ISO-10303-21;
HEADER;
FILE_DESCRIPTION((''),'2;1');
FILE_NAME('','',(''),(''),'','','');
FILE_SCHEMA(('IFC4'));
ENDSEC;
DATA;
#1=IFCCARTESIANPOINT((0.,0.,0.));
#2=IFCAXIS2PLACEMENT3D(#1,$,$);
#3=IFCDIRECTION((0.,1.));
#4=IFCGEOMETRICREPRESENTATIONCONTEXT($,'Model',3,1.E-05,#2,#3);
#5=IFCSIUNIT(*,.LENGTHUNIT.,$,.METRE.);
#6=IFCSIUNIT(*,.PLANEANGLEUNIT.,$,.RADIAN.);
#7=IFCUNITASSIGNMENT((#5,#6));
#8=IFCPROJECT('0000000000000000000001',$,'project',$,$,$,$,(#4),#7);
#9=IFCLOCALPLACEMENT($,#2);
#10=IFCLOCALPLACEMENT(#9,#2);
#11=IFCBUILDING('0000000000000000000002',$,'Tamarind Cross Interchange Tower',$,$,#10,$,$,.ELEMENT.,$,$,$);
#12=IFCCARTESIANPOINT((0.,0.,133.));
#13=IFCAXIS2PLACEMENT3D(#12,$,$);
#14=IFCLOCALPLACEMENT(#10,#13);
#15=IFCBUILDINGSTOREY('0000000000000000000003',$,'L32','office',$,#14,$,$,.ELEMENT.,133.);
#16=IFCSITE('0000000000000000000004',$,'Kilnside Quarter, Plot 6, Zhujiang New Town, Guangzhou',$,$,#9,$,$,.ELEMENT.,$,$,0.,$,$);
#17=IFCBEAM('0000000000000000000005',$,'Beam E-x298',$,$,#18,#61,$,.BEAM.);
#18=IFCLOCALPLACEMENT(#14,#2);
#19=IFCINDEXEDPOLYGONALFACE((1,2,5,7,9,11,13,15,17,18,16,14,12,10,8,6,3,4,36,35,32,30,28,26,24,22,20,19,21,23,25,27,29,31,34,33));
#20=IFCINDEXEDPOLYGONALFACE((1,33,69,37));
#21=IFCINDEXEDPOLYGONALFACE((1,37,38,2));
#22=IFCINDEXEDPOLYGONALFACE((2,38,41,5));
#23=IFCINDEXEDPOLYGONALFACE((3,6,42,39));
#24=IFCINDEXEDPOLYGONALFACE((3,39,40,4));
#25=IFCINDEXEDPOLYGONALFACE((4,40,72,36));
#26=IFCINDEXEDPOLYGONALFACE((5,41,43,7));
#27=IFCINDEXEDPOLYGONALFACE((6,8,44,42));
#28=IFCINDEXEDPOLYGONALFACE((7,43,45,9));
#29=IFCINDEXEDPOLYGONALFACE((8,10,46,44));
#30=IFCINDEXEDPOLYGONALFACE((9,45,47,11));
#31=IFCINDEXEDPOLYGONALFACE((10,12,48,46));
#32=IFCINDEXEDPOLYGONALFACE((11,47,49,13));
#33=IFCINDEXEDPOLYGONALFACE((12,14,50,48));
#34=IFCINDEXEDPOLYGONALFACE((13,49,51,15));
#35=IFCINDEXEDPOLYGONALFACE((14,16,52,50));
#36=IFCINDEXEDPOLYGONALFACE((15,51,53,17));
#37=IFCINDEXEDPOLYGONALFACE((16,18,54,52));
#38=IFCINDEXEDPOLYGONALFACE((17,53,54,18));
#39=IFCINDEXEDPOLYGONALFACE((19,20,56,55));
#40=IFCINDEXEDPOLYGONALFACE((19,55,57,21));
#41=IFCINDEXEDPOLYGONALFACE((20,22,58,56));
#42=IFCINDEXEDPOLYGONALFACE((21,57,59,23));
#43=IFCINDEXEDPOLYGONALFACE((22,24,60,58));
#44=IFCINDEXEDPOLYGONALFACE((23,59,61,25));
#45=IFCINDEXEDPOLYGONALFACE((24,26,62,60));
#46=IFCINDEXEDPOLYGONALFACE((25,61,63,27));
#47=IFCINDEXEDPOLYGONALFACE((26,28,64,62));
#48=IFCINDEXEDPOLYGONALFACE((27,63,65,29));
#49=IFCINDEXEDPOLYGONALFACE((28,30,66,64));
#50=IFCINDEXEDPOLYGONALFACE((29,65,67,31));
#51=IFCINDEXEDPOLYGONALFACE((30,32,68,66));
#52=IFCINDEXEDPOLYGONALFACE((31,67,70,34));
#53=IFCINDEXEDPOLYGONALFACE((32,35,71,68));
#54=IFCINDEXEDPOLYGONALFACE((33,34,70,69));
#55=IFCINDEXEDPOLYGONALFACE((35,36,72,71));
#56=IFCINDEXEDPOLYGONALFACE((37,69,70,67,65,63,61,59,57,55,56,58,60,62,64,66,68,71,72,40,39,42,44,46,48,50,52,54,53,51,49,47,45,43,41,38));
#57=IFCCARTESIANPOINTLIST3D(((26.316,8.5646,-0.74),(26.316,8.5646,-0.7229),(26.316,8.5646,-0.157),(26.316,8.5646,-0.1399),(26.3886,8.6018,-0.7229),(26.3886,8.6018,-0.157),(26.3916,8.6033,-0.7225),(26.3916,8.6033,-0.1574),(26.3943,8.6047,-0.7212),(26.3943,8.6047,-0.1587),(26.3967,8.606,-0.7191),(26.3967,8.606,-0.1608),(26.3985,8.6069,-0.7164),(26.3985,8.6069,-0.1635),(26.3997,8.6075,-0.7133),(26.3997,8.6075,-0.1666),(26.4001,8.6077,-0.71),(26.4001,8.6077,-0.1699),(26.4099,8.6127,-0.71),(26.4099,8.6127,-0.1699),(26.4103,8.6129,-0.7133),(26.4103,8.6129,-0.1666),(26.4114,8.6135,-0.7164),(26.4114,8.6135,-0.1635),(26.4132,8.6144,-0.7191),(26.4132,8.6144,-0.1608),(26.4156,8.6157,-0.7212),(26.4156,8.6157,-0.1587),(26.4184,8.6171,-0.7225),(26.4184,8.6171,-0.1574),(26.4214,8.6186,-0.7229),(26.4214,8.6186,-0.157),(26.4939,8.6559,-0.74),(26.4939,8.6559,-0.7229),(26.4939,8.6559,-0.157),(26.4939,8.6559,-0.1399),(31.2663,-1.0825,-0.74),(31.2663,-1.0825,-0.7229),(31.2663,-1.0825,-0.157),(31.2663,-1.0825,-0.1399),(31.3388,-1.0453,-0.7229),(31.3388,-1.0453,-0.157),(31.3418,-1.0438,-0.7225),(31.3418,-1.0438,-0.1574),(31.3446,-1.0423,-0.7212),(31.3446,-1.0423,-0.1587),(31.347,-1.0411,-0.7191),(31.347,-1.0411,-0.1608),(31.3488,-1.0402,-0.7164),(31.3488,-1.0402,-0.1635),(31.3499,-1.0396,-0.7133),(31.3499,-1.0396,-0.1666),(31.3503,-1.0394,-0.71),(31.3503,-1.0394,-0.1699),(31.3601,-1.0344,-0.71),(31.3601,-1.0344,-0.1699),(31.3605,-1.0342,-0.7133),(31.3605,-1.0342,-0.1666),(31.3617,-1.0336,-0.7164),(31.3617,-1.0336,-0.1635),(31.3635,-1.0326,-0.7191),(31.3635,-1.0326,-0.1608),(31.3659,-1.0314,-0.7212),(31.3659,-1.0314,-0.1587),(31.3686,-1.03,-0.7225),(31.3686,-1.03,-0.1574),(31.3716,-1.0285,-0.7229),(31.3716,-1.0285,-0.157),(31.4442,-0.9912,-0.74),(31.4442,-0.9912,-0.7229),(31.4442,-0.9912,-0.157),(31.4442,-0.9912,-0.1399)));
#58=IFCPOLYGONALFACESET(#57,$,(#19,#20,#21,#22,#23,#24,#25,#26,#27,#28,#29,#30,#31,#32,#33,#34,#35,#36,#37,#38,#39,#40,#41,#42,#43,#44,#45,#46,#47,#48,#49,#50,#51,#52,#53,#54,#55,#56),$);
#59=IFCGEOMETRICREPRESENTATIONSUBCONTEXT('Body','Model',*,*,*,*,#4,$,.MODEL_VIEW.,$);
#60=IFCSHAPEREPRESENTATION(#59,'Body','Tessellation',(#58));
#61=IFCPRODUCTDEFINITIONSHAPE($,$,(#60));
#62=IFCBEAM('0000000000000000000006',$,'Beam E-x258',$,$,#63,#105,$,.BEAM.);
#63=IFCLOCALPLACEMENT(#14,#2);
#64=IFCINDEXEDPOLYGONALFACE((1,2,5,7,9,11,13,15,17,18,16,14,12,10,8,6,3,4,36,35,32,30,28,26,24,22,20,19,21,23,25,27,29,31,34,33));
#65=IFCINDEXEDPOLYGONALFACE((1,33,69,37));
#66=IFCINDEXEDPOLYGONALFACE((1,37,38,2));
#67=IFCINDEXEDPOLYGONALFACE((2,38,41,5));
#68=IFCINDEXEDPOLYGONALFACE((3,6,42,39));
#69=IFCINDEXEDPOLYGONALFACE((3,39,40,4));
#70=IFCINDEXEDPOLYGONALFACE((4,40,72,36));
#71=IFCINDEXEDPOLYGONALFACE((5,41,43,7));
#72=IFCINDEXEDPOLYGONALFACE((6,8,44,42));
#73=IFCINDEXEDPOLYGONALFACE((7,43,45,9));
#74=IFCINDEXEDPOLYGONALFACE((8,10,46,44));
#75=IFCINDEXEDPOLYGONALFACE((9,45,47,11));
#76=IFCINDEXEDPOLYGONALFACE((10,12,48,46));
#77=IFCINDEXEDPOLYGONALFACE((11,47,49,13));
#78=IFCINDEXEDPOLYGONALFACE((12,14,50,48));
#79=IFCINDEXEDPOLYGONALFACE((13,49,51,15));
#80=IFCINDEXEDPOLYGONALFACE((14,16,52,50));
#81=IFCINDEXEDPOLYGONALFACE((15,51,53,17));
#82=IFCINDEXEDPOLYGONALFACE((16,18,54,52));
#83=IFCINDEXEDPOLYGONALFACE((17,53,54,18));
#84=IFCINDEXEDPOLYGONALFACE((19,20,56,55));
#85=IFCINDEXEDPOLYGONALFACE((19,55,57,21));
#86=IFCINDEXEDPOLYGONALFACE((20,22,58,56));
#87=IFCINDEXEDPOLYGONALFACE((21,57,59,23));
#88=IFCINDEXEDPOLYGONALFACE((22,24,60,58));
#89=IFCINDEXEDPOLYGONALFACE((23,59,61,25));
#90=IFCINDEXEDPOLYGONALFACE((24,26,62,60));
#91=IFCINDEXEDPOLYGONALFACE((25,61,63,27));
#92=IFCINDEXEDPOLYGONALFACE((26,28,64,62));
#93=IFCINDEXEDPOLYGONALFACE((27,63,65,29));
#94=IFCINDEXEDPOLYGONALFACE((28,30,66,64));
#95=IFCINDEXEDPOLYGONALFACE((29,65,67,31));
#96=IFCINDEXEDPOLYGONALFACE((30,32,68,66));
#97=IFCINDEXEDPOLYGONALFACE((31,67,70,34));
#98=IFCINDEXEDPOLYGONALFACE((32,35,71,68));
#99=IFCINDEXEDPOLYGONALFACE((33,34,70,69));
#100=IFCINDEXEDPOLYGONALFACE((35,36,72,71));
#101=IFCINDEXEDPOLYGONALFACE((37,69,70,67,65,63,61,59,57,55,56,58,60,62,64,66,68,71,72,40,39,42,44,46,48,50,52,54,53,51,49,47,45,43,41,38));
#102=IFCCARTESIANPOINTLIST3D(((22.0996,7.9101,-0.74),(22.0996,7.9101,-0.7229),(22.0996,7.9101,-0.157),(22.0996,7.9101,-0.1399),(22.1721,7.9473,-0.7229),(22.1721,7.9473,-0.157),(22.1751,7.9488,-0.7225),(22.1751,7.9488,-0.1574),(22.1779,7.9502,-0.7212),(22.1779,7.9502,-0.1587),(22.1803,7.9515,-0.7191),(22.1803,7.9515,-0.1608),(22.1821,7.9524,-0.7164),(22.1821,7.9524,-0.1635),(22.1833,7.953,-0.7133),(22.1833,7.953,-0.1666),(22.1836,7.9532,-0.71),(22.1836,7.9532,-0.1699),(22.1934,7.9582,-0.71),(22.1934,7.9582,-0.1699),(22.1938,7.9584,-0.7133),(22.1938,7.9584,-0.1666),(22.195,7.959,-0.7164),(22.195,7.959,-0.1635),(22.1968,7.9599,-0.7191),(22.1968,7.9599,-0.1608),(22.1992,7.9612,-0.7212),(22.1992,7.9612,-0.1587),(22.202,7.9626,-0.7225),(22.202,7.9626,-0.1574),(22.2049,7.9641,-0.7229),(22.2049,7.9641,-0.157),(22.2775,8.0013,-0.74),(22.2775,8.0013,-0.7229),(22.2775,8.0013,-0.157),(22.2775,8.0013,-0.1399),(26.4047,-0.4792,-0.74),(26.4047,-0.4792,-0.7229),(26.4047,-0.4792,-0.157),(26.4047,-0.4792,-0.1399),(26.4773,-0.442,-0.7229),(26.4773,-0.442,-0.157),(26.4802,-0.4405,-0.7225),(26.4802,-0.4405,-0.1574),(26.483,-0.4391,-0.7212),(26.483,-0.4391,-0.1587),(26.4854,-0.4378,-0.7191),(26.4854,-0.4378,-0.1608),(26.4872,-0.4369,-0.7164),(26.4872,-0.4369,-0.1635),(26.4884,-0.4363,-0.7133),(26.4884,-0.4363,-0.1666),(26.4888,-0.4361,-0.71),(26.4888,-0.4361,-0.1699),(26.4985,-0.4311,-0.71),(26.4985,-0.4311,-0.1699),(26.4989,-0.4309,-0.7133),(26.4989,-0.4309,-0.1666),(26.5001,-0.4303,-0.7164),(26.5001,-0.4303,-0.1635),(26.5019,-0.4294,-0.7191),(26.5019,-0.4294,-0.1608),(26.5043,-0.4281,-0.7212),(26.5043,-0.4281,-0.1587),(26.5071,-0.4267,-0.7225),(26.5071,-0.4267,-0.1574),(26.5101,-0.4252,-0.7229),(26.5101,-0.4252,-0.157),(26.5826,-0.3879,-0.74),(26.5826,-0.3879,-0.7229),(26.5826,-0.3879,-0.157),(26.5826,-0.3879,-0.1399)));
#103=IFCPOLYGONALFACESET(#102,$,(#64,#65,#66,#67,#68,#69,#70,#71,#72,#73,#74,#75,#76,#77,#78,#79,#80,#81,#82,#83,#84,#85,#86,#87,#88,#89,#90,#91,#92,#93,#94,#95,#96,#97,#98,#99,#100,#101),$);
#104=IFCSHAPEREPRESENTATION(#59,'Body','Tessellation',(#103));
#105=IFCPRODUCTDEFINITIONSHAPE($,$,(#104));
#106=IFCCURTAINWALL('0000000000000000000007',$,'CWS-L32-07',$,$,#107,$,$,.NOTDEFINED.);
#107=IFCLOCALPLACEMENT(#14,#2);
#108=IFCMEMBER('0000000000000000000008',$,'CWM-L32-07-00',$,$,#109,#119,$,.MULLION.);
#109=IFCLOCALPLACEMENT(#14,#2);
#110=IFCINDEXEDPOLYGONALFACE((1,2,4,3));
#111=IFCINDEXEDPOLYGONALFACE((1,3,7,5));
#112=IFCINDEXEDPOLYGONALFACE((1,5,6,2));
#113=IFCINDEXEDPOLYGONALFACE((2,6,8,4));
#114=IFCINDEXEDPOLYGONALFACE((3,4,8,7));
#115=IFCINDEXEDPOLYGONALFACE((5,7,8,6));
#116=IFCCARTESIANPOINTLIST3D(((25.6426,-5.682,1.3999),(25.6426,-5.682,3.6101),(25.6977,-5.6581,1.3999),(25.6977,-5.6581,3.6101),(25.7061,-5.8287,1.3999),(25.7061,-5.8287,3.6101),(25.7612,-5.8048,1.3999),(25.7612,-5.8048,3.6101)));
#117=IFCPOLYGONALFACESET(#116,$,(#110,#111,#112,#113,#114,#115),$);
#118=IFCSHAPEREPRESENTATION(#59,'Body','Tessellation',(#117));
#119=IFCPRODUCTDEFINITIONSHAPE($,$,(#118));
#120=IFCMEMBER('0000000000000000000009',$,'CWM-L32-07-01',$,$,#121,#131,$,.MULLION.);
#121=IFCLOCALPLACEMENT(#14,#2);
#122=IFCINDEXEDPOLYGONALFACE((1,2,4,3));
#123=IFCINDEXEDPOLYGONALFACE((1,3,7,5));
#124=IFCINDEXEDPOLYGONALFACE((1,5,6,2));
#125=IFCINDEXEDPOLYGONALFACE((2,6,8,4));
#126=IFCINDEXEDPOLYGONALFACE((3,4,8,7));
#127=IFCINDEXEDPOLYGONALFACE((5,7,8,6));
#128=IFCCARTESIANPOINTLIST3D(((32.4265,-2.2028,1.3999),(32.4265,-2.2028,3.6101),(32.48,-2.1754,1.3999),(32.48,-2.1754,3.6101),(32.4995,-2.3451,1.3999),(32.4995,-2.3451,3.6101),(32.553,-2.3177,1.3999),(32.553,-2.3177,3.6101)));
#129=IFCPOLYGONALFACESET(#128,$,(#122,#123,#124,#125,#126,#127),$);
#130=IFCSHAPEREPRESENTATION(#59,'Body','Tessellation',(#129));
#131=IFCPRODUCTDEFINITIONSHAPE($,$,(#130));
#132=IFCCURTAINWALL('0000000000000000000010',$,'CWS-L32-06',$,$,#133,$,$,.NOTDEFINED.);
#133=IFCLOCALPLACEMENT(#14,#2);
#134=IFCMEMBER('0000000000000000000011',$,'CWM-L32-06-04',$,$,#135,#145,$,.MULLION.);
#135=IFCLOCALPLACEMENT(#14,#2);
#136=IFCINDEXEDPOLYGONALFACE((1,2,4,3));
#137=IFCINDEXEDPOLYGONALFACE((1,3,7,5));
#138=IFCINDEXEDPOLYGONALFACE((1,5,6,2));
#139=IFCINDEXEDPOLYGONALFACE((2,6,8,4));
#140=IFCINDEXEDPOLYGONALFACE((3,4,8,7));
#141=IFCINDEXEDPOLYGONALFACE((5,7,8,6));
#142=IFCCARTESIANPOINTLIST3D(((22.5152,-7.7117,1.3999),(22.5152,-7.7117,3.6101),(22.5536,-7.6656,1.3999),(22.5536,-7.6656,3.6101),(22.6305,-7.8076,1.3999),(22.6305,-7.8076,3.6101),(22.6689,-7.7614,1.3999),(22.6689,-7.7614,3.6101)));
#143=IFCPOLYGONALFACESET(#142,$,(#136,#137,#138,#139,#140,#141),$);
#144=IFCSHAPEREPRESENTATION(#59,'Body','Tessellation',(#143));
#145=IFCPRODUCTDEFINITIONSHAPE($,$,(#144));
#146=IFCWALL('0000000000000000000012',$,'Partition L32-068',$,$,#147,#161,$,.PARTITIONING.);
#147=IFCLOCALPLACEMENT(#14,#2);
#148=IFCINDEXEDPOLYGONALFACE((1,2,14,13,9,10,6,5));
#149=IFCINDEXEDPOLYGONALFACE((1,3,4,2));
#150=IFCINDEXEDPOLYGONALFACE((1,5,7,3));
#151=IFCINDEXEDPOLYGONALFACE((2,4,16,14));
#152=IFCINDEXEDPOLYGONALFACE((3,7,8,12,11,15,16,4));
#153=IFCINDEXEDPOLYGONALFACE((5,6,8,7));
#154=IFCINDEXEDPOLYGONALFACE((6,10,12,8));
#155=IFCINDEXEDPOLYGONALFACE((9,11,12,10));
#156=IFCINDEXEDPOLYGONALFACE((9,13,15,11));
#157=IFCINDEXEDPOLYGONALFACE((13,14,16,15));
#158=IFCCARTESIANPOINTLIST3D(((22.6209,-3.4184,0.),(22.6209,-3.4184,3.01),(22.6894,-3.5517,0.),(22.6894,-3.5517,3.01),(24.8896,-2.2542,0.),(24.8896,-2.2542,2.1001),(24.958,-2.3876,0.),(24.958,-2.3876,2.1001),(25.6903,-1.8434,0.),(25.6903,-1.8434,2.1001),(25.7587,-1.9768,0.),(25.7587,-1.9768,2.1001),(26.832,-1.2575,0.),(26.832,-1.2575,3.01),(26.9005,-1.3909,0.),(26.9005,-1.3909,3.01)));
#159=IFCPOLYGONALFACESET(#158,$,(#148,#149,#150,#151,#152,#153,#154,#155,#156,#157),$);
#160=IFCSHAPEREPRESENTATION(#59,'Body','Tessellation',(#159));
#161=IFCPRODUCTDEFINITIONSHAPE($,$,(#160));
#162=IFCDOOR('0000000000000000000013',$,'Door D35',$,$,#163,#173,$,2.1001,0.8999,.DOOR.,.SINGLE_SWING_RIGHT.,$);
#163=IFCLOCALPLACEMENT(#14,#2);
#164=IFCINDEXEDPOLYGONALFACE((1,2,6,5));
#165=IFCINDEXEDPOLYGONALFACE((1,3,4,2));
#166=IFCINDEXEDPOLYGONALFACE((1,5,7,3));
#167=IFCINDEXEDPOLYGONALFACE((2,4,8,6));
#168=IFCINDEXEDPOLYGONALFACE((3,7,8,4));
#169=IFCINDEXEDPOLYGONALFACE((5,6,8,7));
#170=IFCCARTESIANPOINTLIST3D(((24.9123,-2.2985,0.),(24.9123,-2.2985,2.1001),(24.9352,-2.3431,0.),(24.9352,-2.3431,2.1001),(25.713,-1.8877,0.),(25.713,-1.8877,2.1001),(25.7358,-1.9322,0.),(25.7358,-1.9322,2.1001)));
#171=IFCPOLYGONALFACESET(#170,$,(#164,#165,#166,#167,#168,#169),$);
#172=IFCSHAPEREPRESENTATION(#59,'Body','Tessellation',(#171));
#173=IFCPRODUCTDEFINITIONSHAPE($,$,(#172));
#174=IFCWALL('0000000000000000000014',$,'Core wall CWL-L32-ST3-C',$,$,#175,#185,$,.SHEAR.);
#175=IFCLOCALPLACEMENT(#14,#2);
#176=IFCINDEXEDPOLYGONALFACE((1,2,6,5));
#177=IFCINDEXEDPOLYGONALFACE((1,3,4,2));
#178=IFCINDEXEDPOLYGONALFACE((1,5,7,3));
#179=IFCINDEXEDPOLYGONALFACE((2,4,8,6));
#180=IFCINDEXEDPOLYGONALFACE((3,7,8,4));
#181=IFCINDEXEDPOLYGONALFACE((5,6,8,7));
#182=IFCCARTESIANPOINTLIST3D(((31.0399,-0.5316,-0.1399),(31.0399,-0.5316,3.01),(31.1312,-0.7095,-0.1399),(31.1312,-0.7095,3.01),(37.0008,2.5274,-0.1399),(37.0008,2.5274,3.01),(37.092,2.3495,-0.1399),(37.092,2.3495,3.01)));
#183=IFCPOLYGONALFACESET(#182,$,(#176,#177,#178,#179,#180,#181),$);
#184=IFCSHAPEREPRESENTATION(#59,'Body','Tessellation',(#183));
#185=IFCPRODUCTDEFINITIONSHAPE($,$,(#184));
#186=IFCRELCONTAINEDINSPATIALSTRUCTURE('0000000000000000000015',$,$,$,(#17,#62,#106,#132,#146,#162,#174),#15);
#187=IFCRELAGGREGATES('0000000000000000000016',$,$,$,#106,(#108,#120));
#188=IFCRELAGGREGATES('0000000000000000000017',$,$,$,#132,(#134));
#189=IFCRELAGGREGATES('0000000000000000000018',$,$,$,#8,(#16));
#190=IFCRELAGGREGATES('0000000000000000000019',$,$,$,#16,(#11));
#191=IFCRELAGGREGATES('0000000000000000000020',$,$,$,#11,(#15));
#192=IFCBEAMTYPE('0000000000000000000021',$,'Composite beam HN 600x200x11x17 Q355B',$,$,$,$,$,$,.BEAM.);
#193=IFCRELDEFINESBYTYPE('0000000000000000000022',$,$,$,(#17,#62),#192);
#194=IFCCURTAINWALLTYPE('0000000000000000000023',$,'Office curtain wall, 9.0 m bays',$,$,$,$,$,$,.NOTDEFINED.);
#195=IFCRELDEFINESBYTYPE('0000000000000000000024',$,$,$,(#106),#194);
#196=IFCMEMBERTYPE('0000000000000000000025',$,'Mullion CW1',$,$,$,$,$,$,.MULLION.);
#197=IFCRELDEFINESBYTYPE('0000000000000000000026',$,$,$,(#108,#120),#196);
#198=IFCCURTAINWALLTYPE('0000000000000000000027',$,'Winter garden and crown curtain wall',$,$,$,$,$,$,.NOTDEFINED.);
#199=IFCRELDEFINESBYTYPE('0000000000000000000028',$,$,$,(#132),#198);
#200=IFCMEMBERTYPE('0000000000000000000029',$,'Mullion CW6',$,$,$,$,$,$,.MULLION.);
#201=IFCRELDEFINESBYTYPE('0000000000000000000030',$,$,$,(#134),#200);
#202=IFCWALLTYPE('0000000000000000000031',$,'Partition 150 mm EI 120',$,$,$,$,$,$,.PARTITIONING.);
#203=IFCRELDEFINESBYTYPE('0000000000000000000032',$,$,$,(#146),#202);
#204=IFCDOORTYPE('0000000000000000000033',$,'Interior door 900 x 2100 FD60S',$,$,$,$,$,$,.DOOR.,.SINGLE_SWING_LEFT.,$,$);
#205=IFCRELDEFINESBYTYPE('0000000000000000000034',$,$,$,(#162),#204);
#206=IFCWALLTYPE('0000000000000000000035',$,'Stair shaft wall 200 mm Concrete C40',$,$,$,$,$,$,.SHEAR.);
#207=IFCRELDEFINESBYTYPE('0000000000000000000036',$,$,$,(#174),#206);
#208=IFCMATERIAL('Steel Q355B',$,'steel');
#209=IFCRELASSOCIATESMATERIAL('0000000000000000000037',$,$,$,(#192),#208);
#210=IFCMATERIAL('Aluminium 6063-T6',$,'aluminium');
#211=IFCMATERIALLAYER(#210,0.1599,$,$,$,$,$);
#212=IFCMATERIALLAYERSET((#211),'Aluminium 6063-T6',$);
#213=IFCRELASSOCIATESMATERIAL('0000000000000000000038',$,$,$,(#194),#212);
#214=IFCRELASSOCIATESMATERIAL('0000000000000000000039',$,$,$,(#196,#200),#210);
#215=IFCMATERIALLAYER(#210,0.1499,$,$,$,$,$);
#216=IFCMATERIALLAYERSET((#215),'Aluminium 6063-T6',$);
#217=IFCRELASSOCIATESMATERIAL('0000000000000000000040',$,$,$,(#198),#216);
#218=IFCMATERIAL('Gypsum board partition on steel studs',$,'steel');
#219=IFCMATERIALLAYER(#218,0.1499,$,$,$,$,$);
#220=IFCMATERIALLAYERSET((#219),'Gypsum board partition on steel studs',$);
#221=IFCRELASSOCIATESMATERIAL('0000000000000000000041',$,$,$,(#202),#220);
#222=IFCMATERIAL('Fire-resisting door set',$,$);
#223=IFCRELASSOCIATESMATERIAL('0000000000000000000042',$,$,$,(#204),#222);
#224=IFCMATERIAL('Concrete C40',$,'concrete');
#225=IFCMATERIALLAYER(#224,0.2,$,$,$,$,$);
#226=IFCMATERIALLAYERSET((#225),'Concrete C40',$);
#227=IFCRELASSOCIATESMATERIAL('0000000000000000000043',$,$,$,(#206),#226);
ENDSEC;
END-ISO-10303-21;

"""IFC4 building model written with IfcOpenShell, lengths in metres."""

from ifc_helpers import new_model, si_unit, direction, frame, frame_2d, origin, origin_2d, place, context, subcontext, project, spatial, rectangle, i_section, extrude, material, layer, layer_set, material_profile, profile_set, type_object, element, fill, aggregate, save


model = new_model("IFC4")

# Units and contexts
model_context = context("Model", 3, precision=1e-05, world=origin(), true_north=direction((0.0, 1.0)))
body_context = subcontext(model_context, "Body", "Model", "MODEL_VIEW")
ifc_project = project(units=[si_unit("LENGTHUNIT", "METRE"), si_unit("PLANEANGLEUNIT", "RADIAN")], contexts=[model_context])

# Site, building, storey
site_placement = place(None, origin())
site = spatial("IfcSite", under=ifc_project, at=site_placement, Name="Kilnside Quarter, Plot 6, Zhujiang New Town, Guangzhou", CompositionType="ELEMENT", RefElevation=0.0)
building_placement = place(site_placement, origin())
building = spatial("IfcBuilding", under=site, at=building_placement, Name="Tamarind Cross Interchange Tower", CompositionType="ELEMENT")
storey_placement = place(building_placement, frame((0.0, 0.0, 133.0)))
storey = spatial("IfcBuildingStorey", under=building, at=storey_placement, Name="L32", Description="office", CompositionType="ELEMENT", Elevation=133.0)

# Beams
ifc_material_1 = material(Name="Steel Q355B", Category="steel")
ifc_material_profile_1 = material_profile(ifc_material_1, i_section(OverallWidth=0.2, OverallDepth=0.6001, WebThickness=0.011, FlangeThickness=0.0171, FilletRadius=0.0129, at=origin_2d()), Name="HN 600x200x11x17")
ifc_profile_set_1 = profile_set([ifc_material_profile_1], Name="Steel Q355B")
beam_type_1 = type_object("IfcBeamType", Name="Composite beam HN 600x200x11x17 Q355B", PredefinedType="BEAM", material=ifc_profile_set_1)
beam_1_placement = place(storey_placement, frame((31.3552, -1.0369, -0.4399), z_axis=(-0.456538, 0.889704, 0.0), x_axis=(-0.889704, -0.456538, 0.0)))
element("IfcBeam", 1, at=beam_1_placement, inside=storey, type_object=beam_type_1, Name="Beam E-x298", PredefinedType="BEAM", context=body_context, shape_type="SweptSolid", body=[
    extrude(i_section(OverallWidth=0.2, OverallDepth=0.6001, WebThickness=0.011, FlangeThickness=0.0171, FilletRadius=0.0129, at=origin_2d()), origin(), (0.0, 0.0, 1.0), 10.843),
])
beam_2_placement = place(storey_placement, frame((26.4937, -0.4336, -0.4399), z_axis=(-0.456562, 0.889692, 0.0), x_axis=(-0.889692, -0.456562, 0.0)))
element("IfcBeam", 2, at=beam_2_placement, inside=storey, type_object=beam_type_1, Name="Beam E-x258", PredefinedType="BEAM", context=body_context, shape_type="SweptSolid", body=[
    extrude(i_section(OverallWidth=0.2, OverallDepth=0.6001, WebThickness=0.011, FlangeThickness=0.0171, FilletRadius=0.0129, at=origin_2d()), origin(), (0.0, 0.0, 1.0), 9.4294),
])

# Curtain wall, members
ifc_material_2 = material(Name="Aluminium 6063-T6", Category="aluminium")
ifc_layer_1 = layer(ifc_material_2, 0.1599)
ifc_layer_set_1 = layer_set([ifc_layer_1], Name="Aluminium 6063-T6")
curtain_wall_type_1 = type_object("IfcCurtainWallType", Name="Office curtain wall, 9.0 m bays", PredefinedType="NOTDEFINED", material=ifc_layer_set_1)
curtain_wall_1_placement = place(storey_placement, origin())
curtain_wall_1 = element("IfcCurtainWall", 3, at=curtain_wall_1_placement, inside=storey, type_object=curtain_wall_type_1, Name="CWS-L32-07", PredefinedType="NOTDEFINED")
ifc_material_profile_2 = material_profile(ifc_material_2, rectangle(XDim=0.0601, YDim=0.1599, at=origin_2d()), Name="Mullion CW1")
ifc_profile_set_2 = profile_set([ifc_material_profile_2], Name="Aluminium 6063-T6")
member_type_1 = type_object("IfcMemberType", Name="Mullion CW1", PredefinedType="MULLION", material=ifc_profile_set_2)
member_1_placement = place(storey_placement, frame((25.7019, -5.7434, 1.3999), z_axis=(0.0, 0.0, 1.0), x_axis=(0.917652, 0.397385, 0.0)))
member_1 = element("IfcMember", 4, at=member_1_placement, type_object=member_type_1, Name="CWM-L32-07-00", PredefinedType="MULLION", context=body_context, shape_type="SweptSolid", body=[
    extrude(rectangle(XDim=0.0601, YDim=0.1599, at=origin_2d()), origin(), (0.0, 0.0, 1.0), 2.2102),
])
member_2_placement = place(storey_placement, frame((32.4897, -2.2603, 1.3999), z_axis=(0.0, 0.0, 1.0), x_axis=(0.889697, 0.456551, 0.0)))
member_2 = element("IfcMember", 5, at=member_2_placement, type_object=member_type_1, Name="CWM-L32-07-01", PredefinedType="MULLION", context=body_context, shape_type="SweptSolid", body=[
    extrude(rectangle(XDim=0.0601, YDim=0.1599, at=origin_2d()), origin(), (0.0, 0.0, 1.0), 2.2102),
])
aggregate(curtain_wall_1, [member_1, member_2])

# Curtain wall, member
ifc_layer_2 = layer(ifc_material_2, 0.1499)
ifc_layer_set_2 = layer_set([ifc_layer_2], Name="Aluminium 6063-T6")
curtain_wall_type_2 = type_object("IfcCurtainWallType", Name="Winter garden and crown curtain wall", PredefinedType="NOTDEFINED", material=ifc_layer_set_2)
curtain_wall_2_placement = place(storey_placement, origin())
curtain_wall_2 = element("IfcCurtainWall", 6, at=curtain_wall_2_placement, inside=storey, type_object=curtain_wall_type_2, Name="CWS-L32-06", PredefinedType="NOTDEFINED")
ifc_material_profile_3 = material_profile(ifc_material_2, rectangle(XDim=0.0601, YDim=0.1499, at=origin_2d()), Name="Mullion CW6")
ifc_profile_set_3 = profile_set([ifc_material_profile_3], Name="Aluminium 6063-T6")
member_type_2 = type_object("IfcMemberType", Name="Mullion CW6", PredefinedType="MULLION", material=ifc_profile_set_3)
member_3_placement = place(storey_placement, frame((22.592, -7.7366, 1.3999), z_axis=(0.0, 0.0, 1.0), x_axis=(0.639426, 0.768853, 0.0)))
member_3 = element("IfcMember", 7, at=member_3_placement, type_object=member_type_2, Name="CWM-L32-06-04", PredefinedType="MULLION", context=body_context, shape_type="SweptSolid", body=[
    extrude(rectangle(XDim=0.0601, YDim=0.1499, at=origin_2d()), origin(), (0.0, 0.0, 1.0), 2.2102),
])
aggregate(curtain_wall_2, [member_3])

# Wall, opening, door
ifc_material_3 = material(Name="Gypsum board partition on steel studs", Category="steel")
ifc_layer_3 = layer(ifc_material_3, 0.1499)
ifc_layer_set_3 = layer_set([ifc_layer_3], Name="Gypsum board partition on steel studs")
wall_type_1 = type_object("IfcWallType", Name="Partition 150 mm EI 120", PredefinedType="PARTITIONING", material=ifc_layer_set_3)
wall_1_placement = place(storey_placement, frame((22.655, -3.4851, 0.0), z_axis=(0.0, 0.0, 1.0), x_axis=(0.889705, 0.456535, 0.0)))
wall_1 = element("IfcWall", 8, at=wall_1_placement, inside=storey, type_object=wall_type_1, Name="Partition L32-068", PredefinedType="PARTITIONING", context=body_context, shape_type="SweptSolid", body=[
    extrude(rectangle(XDim=4.7332, YDim=0.1499, at=frame_2d((2.3667, 0.0))), origin(), (0.0, 0.0, 1.0), 3.01),
])
opening_placement = place(wall_1_placement, frame((2.55, 0.0, 0.0)))
opening = element("IfcOpeningElement", 9, at=opening_placement, cuts=wall_1, PredefinedType="OPENING", context=body_context, shape_type="SweptSolid", body=[
    extrude(rectangle(XDim=0.8999, YDim=2.1001, at=frame_2d((0.45, 1.05))), frame((0.0, 0.085, 0.0), z_axis=(0.0, -1.0, 0.0), x_axis=(1.0, 0.0, 0.0)), (0.0, 0.0, 1.0), 0.1699),
])
ifc_material_4 = material(Name="Fire-resisting door set")
door_type = type_object("IfcDoorType", Name="Interior door 900 x 2100 FD60S", OperationType="SINGLE_SWING_LEFT", PredefinedType="DOOR", material=ifc_material_4)
door_placement = place(opening_placement, frame((0.8999, 0.0, 0.0), z_axis=(0.0, 0.0, 1.0), x_axis=(-1.0, 0.0, 0.0)))
door = element("IfcDoor", 10, at=door_placement, inside=storey, type_object=door_type, Name="Door D35", OperationType="SINGLE_SWING_RIGHT", OverallHeight=2.1001, OverallWidth=0.8999, PredefinedType="DOOR", context=body_context, shape_type="SweptSolid", body=[
    extrude(rectangle(XDim=0.8999, YDim=2.1001, at=frame_2d((0.45, 1.05))), frame((0.0, 0.0249, 0.0), z_axis=(0.0, -1.0, 0.0), x_axis=(1.0, 0.0, 0.0)), (0.0, 0.0, 1.0), 0.05),
])
fill(opening, door)

# Wall
ifc_material_5 = material(Name="Concrete C40", Category="concrete")
ifc_layer_4 = layer(ifc_material_5, 0.2)
ifc_layer_set_4 = layer_set([ifc_layer_4], Name="Concrete C40")
wall_type_2 = type_object("IfcWallType", Name="Stair shaft wall 200 mm Concrete C40", PredefinedType="SHEAR", material=ifc_layer_set_4)
wall_2_placement = place(storey_placement, frame((31.0854, -0.6206, -0.1399), z_axis=(0.0, 0.0, 1.0), x_axis=(0.889685, 0.456576, 0.0)))
element("IfcWall", 11, at=wall_2_placement, inside=storey, type_object=wall_type_2, Name="Core wall CWL-L32-ST3-C", PredefinedType="SHEAR", context=body_context, shape_type="SweptSolid", body=[
    extrude(rectangle(XDim=6.7, YDim=0.2, at=frame_2d((3.3501, 0.0))), origin(), (0.0, 0.0, 1.0), 3.1499),
])

save(model, "model.ifc")
